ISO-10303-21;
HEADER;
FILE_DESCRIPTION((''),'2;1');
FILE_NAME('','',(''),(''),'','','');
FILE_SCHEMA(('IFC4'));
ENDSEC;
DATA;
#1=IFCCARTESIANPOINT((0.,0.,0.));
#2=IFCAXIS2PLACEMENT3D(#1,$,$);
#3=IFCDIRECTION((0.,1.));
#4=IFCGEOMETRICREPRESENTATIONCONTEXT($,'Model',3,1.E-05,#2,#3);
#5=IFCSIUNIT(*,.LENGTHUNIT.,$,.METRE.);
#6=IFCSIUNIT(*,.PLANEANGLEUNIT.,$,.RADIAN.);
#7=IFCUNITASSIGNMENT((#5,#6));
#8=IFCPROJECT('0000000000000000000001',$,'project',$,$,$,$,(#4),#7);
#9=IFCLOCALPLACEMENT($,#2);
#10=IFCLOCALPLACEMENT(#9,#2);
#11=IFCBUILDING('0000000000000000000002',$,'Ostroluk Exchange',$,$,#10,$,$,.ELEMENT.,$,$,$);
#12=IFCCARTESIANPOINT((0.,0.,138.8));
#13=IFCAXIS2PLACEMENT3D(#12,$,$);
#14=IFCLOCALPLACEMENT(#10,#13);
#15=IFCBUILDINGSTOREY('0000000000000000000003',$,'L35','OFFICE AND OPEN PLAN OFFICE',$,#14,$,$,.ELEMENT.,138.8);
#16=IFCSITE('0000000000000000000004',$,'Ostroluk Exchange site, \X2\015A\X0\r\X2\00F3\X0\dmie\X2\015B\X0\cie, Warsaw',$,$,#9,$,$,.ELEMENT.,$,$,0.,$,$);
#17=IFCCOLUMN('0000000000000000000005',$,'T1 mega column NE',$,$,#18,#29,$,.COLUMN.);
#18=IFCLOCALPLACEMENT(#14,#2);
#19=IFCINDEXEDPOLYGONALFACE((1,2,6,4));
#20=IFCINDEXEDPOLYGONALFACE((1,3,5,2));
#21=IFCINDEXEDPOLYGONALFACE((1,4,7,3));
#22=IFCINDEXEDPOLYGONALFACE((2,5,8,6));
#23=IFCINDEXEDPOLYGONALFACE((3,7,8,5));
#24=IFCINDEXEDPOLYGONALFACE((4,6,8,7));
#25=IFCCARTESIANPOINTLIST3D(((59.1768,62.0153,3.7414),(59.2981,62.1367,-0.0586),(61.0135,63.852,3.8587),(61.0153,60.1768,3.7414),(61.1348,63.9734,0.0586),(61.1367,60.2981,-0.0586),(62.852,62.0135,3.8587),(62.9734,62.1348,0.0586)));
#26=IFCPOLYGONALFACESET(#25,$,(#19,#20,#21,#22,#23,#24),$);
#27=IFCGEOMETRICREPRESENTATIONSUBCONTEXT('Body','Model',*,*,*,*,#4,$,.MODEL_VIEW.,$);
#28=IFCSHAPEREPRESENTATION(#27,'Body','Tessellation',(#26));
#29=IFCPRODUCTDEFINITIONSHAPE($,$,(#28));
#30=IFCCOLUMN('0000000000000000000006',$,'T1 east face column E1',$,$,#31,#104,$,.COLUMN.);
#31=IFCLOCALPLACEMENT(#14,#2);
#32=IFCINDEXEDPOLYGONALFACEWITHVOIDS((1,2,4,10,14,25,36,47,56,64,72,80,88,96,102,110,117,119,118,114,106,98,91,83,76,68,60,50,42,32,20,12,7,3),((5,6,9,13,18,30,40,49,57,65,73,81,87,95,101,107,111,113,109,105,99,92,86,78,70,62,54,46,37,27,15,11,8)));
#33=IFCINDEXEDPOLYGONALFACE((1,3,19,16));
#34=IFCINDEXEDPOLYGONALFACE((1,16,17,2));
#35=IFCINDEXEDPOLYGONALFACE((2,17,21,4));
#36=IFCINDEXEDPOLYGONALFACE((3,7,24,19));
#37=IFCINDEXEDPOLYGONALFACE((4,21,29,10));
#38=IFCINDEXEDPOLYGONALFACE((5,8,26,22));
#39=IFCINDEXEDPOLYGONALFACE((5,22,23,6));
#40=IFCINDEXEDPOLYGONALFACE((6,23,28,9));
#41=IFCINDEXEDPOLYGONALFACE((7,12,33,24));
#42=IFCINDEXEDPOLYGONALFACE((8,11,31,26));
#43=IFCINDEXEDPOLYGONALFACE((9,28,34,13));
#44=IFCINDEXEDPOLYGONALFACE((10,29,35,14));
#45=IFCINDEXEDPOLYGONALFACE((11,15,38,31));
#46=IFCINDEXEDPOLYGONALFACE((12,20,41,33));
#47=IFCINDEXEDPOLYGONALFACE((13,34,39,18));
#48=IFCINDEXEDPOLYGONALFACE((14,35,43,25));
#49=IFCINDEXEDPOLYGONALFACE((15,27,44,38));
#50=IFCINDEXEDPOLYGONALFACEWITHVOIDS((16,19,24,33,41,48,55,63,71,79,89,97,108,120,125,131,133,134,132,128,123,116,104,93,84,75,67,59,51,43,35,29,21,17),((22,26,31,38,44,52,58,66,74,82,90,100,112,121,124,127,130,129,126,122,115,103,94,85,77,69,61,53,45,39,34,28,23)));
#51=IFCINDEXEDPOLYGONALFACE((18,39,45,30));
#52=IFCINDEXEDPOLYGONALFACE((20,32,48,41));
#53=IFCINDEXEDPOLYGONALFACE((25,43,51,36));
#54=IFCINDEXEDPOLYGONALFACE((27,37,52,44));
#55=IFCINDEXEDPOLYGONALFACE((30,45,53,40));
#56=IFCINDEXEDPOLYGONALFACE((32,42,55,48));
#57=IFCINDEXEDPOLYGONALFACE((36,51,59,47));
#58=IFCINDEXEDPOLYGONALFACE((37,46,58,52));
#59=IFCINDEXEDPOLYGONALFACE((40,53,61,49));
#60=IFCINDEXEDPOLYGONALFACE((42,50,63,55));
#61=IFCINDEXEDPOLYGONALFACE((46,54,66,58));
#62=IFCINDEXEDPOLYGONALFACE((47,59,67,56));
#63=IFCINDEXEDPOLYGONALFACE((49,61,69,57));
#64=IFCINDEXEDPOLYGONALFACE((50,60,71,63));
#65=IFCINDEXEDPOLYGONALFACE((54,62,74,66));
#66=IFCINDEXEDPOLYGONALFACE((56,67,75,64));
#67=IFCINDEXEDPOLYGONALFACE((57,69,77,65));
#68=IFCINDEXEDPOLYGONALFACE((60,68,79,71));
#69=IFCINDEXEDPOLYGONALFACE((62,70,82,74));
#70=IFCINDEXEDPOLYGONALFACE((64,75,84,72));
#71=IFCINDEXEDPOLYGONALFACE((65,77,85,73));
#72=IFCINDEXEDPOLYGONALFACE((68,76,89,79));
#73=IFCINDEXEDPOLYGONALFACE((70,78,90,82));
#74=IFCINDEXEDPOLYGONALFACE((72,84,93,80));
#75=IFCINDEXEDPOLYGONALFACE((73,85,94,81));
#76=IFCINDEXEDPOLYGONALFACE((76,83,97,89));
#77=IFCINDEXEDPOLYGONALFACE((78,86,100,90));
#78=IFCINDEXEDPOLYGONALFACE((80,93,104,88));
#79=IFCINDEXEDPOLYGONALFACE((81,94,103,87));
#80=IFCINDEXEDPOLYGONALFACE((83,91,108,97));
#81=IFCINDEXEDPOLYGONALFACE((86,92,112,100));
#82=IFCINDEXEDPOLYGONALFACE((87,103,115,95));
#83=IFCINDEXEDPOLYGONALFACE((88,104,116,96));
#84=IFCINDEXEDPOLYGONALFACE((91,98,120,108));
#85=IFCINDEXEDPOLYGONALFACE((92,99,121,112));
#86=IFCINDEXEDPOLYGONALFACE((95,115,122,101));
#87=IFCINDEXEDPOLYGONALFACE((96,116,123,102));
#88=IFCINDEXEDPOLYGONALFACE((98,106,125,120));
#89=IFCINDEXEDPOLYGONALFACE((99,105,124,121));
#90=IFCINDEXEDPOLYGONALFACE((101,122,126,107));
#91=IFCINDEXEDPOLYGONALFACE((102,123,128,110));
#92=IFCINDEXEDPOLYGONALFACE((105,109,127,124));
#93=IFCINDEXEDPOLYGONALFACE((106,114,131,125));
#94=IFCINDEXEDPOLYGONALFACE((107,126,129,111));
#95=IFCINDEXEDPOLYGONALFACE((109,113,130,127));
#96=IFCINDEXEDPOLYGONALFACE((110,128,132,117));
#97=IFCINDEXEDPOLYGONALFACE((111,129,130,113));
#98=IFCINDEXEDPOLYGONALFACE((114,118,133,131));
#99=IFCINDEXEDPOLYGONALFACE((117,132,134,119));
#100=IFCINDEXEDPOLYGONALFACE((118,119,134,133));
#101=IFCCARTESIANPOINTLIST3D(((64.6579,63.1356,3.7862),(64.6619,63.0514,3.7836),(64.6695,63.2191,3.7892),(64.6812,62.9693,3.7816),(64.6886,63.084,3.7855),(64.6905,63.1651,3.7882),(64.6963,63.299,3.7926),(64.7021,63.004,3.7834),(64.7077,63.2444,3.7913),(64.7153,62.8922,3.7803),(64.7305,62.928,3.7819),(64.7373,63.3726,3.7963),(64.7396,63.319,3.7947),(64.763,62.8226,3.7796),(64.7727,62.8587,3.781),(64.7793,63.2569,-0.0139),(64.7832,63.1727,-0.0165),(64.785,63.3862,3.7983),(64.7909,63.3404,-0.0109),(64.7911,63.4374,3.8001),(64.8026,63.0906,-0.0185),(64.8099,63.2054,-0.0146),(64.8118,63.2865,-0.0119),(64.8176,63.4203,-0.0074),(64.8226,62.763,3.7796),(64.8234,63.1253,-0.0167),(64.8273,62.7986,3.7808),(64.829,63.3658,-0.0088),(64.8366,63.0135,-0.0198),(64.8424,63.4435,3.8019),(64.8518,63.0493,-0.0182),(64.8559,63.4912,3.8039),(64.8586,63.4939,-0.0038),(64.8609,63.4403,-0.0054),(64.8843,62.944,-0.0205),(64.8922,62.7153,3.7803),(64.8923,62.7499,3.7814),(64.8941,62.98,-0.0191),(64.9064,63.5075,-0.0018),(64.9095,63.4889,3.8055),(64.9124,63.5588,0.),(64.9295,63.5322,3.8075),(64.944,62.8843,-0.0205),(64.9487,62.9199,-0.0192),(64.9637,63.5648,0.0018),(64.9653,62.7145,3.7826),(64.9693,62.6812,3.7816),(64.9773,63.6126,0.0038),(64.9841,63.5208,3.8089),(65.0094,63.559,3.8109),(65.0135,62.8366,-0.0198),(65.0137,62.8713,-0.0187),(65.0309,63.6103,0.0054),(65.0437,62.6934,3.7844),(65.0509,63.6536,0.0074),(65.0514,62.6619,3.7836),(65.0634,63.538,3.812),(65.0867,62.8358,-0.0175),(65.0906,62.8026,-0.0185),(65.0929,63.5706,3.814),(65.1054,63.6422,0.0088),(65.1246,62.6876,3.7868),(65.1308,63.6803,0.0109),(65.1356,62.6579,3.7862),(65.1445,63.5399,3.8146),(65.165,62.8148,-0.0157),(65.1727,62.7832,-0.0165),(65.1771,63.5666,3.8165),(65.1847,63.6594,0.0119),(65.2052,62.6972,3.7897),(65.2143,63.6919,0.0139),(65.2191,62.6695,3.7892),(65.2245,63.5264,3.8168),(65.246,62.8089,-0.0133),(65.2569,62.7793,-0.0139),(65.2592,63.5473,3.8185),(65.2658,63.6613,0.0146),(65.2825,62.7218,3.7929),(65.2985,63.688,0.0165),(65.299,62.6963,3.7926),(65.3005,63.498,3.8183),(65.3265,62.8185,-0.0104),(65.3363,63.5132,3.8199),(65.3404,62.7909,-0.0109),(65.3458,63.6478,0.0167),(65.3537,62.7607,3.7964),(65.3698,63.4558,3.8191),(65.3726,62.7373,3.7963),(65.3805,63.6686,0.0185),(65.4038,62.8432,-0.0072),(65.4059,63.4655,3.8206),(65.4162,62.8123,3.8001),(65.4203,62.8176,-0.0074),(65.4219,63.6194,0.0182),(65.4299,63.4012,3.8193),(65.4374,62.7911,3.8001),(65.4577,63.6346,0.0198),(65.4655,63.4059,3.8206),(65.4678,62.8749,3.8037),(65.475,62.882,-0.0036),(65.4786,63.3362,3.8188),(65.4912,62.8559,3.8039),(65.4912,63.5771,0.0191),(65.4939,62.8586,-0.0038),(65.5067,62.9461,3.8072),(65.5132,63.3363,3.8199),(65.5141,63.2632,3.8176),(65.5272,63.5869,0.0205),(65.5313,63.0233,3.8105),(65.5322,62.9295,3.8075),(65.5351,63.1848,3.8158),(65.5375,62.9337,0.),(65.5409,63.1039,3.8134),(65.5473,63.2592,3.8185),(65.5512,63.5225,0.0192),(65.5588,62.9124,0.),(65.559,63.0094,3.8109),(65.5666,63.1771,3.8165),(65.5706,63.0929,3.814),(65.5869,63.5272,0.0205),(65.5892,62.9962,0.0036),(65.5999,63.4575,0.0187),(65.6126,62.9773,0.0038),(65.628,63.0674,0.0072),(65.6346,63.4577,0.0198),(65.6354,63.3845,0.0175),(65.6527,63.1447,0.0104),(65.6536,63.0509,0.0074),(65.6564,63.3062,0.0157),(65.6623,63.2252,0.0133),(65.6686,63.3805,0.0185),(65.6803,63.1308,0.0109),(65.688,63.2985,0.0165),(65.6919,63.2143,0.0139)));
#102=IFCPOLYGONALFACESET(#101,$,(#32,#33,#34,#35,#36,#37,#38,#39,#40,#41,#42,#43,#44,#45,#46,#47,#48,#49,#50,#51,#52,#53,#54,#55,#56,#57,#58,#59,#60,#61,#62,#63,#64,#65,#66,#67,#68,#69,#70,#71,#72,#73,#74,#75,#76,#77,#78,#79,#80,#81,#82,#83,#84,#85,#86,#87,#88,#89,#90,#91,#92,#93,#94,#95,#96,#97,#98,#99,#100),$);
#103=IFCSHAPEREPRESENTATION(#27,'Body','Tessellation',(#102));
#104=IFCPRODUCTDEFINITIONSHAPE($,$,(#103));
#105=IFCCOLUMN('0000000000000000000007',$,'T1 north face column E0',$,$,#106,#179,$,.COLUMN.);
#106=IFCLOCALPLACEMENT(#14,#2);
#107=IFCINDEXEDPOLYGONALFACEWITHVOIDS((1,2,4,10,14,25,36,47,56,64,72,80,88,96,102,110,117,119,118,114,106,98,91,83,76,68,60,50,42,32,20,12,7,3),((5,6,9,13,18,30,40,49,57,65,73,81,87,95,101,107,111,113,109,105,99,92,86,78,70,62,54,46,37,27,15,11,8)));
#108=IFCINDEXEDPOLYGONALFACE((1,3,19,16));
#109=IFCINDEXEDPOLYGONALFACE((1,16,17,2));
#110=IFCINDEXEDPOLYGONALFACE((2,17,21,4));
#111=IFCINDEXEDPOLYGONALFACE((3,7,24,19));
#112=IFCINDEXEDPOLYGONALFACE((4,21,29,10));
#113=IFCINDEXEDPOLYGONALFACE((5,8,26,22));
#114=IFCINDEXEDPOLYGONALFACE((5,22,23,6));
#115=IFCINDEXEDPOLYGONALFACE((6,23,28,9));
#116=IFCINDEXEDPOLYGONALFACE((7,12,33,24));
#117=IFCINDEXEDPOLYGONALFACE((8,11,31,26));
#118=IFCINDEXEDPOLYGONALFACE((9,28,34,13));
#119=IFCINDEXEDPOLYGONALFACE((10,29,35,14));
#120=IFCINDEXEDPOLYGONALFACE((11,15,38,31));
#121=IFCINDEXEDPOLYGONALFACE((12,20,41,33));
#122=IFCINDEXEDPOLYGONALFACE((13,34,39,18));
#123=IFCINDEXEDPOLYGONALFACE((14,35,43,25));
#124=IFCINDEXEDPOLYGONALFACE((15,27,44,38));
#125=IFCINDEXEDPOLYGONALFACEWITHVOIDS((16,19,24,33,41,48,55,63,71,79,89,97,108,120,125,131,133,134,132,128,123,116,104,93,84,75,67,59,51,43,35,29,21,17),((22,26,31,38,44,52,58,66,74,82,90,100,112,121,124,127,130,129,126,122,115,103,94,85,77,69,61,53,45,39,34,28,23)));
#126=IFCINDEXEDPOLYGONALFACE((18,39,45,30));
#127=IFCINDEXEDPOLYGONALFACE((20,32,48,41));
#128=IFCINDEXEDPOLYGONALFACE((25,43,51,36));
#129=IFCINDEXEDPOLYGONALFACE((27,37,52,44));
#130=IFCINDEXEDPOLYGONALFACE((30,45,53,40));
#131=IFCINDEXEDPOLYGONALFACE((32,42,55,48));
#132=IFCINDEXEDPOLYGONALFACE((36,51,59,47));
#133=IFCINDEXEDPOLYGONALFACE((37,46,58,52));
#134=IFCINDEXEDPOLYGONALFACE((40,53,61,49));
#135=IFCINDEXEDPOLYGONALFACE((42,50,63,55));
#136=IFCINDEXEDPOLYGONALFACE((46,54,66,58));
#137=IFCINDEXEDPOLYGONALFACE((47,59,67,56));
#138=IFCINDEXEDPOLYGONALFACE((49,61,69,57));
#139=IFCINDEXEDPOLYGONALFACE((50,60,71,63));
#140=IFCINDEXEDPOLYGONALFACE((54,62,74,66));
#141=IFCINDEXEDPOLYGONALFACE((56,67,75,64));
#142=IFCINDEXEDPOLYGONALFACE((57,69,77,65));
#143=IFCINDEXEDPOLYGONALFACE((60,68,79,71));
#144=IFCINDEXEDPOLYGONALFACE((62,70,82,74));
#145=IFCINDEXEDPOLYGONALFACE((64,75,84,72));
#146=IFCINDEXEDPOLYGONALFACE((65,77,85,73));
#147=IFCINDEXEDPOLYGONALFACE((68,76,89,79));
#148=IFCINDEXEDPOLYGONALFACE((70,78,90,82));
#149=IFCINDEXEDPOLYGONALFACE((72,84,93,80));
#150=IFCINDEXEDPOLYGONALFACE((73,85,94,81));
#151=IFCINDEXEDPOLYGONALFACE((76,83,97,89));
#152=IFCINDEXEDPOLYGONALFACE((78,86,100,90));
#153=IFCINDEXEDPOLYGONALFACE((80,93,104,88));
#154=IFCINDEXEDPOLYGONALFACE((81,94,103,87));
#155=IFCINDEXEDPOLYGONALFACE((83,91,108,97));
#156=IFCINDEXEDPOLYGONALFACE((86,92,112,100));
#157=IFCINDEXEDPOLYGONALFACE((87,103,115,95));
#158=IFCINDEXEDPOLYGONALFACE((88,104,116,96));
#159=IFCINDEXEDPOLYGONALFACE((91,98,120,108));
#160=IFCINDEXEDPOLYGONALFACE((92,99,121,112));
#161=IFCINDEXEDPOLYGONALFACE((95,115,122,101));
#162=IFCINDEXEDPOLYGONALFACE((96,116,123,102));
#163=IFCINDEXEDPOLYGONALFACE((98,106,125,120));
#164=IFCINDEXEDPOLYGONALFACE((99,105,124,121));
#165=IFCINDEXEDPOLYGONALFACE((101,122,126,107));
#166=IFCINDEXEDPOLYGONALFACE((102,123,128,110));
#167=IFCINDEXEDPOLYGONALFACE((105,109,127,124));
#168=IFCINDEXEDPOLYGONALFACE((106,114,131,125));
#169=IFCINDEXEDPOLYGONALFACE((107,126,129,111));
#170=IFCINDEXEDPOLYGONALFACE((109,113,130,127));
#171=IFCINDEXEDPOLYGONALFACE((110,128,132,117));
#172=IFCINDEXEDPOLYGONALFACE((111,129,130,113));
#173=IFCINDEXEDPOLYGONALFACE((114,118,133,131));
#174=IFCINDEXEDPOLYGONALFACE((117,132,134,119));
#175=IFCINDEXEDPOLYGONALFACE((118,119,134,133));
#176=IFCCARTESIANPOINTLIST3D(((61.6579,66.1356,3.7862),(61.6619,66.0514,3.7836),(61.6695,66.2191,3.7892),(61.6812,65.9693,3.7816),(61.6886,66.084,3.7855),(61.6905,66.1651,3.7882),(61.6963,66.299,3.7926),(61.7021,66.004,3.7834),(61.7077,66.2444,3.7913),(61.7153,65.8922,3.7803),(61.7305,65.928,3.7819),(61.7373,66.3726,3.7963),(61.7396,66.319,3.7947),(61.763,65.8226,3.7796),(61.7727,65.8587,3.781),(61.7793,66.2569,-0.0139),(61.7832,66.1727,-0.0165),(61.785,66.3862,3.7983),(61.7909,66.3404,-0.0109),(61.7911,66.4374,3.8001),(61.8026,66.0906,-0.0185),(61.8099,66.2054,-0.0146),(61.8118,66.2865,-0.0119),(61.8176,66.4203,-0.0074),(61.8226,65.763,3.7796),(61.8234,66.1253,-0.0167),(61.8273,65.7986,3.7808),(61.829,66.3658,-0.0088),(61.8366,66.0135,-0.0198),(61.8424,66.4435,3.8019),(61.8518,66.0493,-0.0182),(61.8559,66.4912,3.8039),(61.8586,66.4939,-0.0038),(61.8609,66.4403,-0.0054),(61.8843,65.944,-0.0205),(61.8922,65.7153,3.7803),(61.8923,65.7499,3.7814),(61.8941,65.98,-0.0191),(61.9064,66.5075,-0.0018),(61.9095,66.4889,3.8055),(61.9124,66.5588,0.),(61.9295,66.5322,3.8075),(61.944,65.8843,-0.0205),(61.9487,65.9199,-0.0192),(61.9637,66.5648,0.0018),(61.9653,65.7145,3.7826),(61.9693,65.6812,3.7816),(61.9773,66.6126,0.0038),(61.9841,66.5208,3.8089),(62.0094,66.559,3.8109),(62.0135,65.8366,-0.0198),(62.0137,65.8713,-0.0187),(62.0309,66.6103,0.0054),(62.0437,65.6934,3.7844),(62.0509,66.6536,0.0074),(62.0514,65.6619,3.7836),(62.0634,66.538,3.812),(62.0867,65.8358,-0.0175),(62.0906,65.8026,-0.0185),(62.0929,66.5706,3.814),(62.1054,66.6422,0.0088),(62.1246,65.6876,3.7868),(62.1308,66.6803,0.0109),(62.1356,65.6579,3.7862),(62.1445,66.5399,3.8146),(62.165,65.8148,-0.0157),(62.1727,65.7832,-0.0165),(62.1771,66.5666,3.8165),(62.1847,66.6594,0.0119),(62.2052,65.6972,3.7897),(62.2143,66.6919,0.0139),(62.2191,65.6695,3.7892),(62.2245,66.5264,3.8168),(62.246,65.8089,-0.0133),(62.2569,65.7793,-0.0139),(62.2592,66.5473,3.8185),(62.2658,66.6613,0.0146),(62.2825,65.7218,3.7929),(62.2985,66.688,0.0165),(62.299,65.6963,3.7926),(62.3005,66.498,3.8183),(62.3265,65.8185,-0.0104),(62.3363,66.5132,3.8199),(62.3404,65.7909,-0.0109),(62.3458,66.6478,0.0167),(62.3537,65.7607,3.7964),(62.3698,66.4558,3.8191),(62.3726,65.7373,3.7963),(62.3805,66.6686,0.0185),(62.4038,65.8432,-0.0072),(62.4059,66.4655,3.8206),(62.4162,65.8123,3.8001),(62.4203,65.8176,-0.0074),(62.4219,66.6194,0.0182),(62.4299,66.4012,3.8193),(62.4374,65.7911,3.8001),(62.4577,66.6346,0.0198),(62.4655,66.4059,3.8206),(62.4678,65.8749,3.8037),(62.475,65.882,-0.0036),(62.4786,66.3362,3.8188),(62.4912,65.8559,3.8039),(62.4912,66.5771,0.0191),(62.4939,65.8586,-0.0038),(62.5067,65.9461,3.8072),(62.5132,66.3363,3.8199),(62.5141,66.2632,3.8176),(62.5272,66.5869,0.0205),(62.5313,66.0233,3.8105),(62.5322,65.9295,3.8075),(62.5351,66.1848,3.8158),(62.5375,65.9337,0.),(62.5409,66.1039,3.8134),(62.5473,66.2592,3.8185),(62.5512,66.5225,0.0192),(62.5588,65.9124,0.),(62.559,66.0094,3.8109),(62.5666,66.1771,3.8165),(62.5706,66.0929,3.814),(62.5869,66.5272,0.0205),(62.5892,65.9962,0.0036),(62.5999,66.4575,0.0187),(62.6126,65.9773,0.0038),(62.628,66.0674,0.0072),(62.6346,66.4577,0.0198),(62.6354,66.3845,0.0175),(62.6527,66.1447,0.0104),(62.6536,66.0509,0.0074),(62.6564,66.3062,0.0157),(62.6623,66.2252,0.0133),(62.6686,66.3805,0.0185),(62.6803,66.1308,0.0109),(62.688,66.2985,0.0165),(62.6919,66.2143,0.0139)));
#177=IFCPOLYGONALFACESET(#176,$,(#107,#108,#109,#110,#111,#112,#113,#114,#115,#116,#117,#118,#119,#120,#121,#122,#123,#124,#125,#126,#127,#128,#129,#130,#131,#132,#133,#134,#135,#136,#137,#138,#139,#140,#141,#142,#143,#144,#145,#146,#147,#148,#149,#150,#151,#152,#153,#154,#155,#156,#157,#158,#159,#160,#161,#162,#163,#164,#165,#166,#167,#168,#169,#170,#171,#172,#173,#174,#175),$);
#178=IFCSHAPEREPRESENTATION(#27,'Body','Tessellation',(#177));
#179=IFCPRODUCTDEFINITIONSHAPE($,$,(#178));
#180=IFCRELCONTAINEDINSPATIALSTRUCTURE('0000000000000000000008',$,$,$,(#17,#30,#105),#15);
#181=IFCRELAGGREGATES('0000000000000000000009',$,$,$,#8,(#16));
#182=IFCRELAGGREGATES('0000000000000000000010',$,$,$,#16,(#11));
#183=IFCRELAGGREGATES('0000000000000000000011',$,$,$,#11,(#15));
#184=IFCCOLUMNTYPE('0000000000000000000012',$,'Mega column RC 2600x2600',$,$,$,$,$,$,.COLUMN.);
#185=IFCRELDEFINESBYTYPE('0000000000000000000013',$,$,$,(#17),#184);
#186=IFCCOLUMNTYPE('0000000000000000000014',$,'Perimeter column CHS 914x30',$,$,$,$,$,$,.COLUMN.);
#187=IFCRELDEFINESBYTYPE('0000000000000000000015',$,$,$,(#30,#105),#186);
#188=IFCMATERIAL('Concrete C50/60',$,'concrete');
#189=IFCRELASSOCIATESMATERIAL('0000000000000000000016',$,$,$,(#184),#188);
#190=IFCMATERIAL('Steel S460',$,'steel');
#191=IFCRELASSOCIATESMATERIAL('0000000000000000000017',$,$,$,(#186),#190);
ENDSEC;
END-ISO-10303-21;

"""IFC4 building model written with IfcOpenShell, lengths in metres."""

from ifc_helpers import new_model, si_unit, direction, frame, origin, origin_2d, place, context, subcontext, project, spatial, rectangle, hollow_circle, extrude, material, material_profile, profile_set, type_object, element, save


model = new_model("IFC4")

# Units and contexts
model_context = context("Model", 3, precision=1e-05, world=origin(), true_north=direction((0.0, 1.0)))
body_context = subcontext(model_context, "Body", "Model", "MODEL_VIEW")
ifc_project = project(units=[si_unit("LENGTHUNIT", "METRE"), si_unit("PLANEANGLEUNIT", "RADIAN")], contexts=[model_context])

# Site, building, storey
site_placement = place(None, origin())
site = spatial("IfcSite", under=ifc_project, at=site_placement, Name="Ostroluk Exchange site, Śródmieście, Warsaw", CompositionType="ELEMENT", RefElevation=0.0)
building_placement = place(site_placement, origin())
building = spatial("IfcBuilding", under=site, at=building_placement, Name="Ostroluk Exchange", CompositionType="ELEMENT")
storey_placement = place(building_placement, frame((0.0, 0.0, 138.8)))
storey = spatial("IfcBuildingStorey", under=building, at=storey_placement, Name="L35", Description="OFFICE AND OPEN PLAN OFFICE", CompositionType="ELEMENT", Elevation=138.8)

# Columns
ifc_material_1 = material(Name="Concrete C50/60", Category="concrete")
ifc_material_profile_1 = material_profile(ifc_material_1, rectangle(XDim=2.6001, YDim=2.6001, at=origin_2d()), Name="RC 2600x2600")
ifc_profile_set_1 = profile_set([ifc_material_profile_1], Name="Concrete C50/60")
column_type_1 = type_object("IfcColumnType", Name="Mega column RC 2600x2600", PredefinedType="COLUMN", material=ifc_profile_set_1)
column_placement = place(storey_placement, frame((61.1357, 62.1357, 0.0), z_axis=(-0.031898, -0.031898, 0.998982), x_axis=(0.707107, -0.707107, 0.0)))
element("IfcColumn", 1, at=column_placement, inside=storey, type_object=column_type_1, Name="T1 mega column NE", PredefinedType="COLUMN", context=body_context, shape_type="SweptSolid", body=[
    extrude(rectangle(XDim=2.6001, YDim=2.6001, at=origin_2d()), origin(), (0.0, 0.0, 1.0), 3.804),
])
ifc_material_2 = material(Name="Steel S460", Category="steel")
ifc_material_profile_2 = material_profile(ifc_material_2, hollow_circle(Radius=0.457, WallThickness=0.03, at=origin_2d()), Name="CHS 914x30")
ifc_profile_set_2 = profile_set([ifc_material_profile_2], Name="Steel S460")
column_type_2 = type_object("IfcColumnType", Name="Perimeter column CHS 914x30", PredefinedType="COLUMN", material=ifc_profile_set_2)
for number, where, z_axis, x_axis, name in (
    (2, (65.2356, 63.2356, 0.0), (-0.031898, -0.031898, 0.998982), (0.707107, -0.707107, 0.0), "T1 east face column E1"),
    (3, (62.2356, 66.2356, 0.0), (-0.031898, -0.031898, 0.998982), (0.707107, -0.707107, 0.0), "T1 north face column E0"),
):
    element("IfcColumn", number, at=place(storey_placement, frame(where, z_axis=z_axis, x_axis=x_axis)), inside=storey, type_object=column_type_2, Name=name, PredefinedType="COLUMN", context=body_context, shape_type="SweptSolid", body=[
        extrude(hollow_circle(Radius=0.457, WallThickness=0.03, at=origin_2d()), origin(), (0.0, 0.0, 1.0), 3.804),
    ])

save(model, "model.ifc")
